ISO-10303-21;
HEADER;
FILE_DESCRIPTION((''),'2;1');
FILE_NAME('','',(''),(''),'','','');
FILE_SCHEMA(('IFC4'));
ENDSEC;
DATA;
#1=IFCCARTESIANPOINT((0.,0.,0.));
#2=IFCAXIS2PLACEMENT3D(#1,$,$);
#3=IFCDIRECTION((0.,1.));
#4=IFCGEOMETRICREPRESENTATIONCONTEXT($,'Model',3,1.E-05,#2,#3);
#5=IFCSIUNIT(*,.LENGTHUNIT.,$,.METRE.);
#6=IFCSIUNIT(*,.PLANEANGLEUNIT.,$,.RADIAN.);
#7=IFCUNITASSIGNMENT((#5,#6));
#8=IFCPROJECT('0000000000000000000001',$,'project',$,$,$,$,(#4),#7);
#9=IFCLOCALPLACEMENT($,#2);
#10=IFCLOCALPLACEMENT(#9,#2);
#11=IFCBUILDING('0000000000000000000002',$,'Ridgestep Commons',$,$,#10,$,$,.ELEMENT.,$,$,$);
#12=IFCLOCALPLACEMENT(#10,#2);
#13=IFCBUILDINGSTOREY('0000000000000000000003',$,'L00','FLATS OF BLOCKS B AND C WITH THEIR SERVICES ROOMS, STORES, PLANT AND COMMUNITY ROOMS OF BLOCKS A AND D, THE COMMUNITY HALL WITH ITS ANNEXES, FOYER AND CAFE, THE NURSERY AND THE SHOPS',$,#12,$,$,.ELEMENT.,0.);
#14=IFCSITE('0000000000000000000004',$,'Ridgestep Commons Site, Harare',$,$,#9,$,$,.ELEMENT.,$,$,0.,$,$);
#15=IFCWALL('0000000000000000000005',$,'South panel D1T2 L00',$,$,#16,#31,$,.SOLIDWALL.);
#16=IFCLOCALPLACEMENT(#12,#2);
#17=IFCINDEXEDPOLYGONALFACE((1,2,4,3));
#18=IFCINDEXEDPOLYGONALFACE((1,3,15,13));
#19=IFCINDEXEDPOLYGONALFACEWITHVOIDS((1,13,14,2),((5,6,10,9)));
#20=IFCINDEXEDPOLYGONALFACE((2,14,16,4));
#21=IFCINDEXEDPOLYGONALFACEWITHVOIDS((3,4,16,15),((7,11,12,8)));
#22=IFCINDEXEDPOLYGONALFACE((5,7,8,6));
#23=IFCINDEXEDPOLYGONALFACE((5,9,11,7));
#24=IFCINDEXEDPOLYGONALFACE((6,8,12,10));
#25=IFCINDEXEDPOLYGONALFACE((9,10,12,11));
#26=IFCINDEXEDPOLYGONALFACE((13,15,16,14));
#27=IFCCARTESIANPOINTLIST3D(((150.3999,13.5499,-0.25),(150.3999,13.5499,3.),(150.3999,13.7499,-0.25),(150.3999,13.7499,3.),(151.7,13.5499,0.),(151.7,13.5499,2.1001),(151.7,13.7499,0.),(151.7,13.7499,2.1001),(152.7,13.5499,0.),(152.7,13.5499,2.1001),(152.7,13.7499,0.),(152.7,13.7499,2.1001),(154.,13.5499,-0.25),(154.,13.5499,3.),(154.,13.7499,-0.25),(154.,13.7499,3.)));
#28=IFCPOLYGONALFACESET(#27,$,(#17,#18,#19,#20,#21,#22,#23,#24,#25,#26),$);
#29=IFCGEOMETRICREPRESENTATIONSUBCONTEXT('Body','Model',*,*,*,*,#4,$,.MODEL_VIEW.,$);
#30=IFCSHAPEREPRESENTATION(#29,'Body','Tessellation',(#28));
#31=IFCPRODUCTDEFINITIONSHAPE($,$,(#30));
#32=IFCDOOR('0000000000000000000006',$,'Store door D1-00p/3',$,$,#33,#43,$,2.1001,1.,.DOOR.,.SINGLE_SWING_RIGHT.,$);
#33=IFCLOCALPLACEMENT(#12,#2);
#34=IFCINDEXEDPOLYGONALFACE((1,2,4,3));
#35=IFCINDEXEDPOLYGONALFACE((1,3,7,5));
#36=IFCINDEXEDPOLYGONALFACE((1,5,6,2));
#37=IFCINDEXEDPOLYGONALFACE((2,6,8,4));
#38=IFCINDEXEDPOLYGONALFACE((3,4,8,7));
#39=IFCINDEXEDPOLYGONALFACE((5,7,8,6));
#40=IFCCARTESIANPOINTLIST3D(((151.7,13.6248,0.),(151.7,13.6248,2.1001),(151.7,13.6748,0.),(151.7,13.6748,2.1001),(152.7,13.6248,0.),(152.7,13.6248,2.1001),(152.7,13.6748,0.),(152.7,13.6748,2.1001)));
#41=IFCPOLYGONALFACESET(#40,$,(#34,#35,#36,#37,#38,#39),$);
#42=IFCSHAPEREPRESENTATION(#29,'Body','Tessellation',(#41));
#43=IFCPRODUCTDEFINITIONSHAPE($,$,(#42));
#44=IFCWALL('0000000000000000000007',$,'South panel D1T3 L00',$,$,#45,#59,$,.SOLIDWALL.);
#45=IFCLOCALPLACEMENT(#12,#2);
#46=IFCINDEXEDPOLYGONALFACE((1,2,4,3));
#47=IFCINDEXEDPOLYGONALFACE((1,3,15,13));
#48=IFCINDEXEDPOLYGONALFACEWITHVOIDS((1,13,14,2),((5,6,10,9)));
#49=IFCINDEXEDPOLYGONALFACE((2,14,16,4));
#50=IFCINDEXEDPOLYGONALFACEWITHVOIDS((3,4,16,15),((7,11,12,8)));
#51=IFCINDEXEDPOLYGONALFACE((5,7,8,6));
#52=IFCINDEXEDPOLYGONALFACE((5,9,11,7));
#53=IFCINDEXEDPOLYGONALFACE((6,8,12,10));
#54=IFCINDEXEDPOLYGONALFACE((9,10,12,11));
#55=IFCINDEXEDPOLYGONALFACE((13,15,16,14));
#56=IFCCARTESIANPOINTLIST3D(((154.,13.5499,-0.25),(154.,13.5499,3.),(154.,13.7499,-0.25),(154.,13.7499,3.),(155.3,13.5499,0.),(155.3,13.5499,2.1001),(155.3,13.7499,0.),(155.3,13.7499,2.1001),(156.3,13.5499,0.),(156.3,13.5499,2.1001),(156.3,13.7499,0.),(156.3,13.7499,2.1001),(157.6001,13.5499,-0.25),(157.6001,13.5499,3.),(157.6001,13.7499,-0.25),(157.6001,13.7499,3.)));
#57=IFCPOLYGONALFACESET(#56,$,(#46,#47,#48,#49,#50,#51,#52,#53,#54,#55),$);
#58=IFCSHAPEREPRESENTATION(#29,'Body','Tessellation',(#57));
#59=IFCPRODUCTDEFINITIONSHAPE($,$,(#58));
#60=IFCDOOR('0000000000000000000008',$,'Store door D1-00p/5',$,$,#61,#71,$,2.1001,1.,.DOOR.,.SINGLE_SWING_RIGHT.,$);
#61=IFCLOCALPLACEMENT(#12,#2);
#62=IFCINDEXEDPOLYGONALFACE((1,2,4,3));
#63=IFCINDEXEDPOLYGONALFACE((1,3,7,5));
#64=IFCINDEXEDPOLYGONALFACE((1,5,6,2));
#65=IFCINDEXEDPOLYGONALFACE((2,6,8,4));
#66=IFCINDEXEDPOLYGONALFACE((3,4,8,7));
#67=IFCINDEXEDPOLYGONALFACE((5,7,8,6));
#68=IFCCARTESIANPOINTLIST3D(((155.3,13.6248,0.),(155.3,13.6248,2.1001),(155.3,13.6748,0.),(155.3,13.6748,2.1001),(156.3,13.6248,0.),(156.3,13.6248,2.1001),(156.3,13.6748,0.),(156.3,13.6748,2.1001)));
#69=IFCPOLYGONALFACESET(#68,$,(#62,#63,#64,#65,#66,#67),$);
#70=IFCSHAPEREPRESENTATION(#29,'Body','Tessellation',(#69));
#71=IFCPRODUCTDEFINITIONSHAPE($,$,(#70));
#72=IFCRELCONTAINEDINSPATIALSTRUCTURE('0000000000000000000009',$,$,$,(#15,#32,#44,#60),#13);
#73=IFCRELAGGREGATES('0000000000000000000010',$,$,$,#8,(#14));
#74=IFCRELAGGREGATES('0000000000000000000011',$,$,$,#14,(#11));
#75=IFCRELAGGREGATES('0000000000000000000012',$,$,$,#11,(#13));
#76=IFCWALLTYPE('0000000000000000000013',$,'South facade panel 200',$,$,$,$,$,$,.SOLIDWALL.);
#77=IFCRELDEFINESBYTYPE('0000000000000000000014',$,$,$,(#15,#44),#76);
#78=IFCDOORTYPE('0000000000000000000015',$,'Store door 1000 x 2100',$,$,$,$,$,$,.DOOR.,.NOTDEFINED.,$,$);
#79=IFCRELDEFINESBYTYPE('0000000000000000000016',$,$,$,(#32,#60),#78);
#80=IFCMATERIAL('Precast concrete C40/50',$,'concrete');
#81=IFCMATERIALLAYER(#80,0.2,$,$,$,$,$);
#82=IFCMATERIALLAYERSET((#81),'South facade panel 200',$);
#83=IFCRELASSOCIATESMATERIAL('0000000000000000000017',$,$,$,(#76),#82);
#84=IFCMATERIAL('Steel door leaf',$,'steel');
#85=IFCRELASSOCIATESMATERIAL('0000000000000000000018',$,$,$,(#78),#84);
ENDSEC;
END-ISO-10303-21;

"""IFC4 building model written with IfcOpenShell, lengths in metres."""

from ifc_helpers import new_model, si_unit, direction, frame, frame_2d, origin, place, context, subcontext, project, spatial, rectangle, extrude, material, layer, layer_set, type_object, element, fill, save


model = new_model("IFC4")

# Units and contexts
model_context = context("Model", 3, precision=1e-05, world=origin(), true_north=direction((0.0, 1.0)))
body_context = subcontext(model_context, "Body", "Model", "MODEL_VIEW")
ifc_project = project(units=[si_unit("LENGTHUNIT", "METRE"), si_unit("PLANEANGLEUNIT", "RADIAN")], contexts=[model_context])

# Site, building, storey
site_placement = place(None, origin())
site = spatial("IfcSite", under=ifc_project, at=site_placement, Name="Ridgestep Commons Site, Harare", CompositionType="ELEMENT", RefElevation=0.0)
building_placement = place(site_placement, origin())
building = spatial("IfcBuilding", under=site, at=building_placement, Name="Ridgestep Commons", CompositionType="ELEMENT")
storey_placement = place(building_placement, origin())
storey = spatial("IfcBuildingStorey", under=building, at=storey_placement, Name="L00", Description="FLATS OF BLOCKS B AND C WITH THEIR SERVICES ROOMS, STORES, PLANT AND COMMUNITY ROOMS OF BLOCKS A AND D, THE COMMUNITY HALL WITH ITS ANNEXES, FOYER AND CAFE, THE NURSERY AND THE SHOPS", CompositionType="ELEMENT", Elevation=0.0)

# Walls, openings, doors
ifc_material_1 = material(Name="Precast concrete C40/50", Category="concrete")
ifc_layer_1 = layer(ifc_material_1, 0.2)
ifc_layer_set_1 = layer_set([ifc_layer_1], Name="South facade panel 200")
wall_type_1 = type_object("IfcWallType", Name="South facade panel 200", PredefinedType="SOLIDWALL", material=ifc_layer_set_1)
ifc_material_2 = material(Name="Steel door leaf", Category="steel")
door_type_1 = type_object("IfcDoorType", Name="Store door 1000 x 2100", OperationType="NOTDEFINED", PredefinedType="DOOR", material=ifc_material_2)
wall_1_placement = place(storey_placement, frame((150.3999, 13.6499, -0.25), z_axis=(0.0, 0.0, 1.0), x_axis=(1.0, 0.0, 0.0)))
wall_1 = element("IfcWall", 1, at=wall_1_placement, inside=storey, type_object=wall_type_1, Name="South panel D1T2 L00", PredefinedType="SOLIDWALL", context=body_context, shape_type="SweptSolid", body=[
    extrude(rectangle(XDim=3.6001, YDim=0.2, at=frame_2d((1.8, 0.0))), origin(), (0.0, 0.0, 1.0), 3.25),
])
opening_1_placement = place(wall_1_placement, frame((1.3, 0.0, 0.25)))
opening_1 = element("IfcOpeningElement", 2, at=opening_1_placement, cuts=wall_1, PredefinedType="OPENING", context=body_context, shape_type="SweptSolid", body=[
    extrude(rectangle(XDim=1.0, YDim=2.1001, at=frame_2d((0.5, 1.05))), frame((0.0, 0.1099, 0.0), z_axis=(0.0, -1.0, 0.0), x_axis=(1.0, 0.0, 0.0)), (0.0, 0.0, 1.0), 0.22),
])
door_1_placement = place(opening_1_placement, origin())
door_1 = element("IfcDoor", 3, at=door_1_placement, inside=storey, type_object=door_type_1, Name="Store door D1-00p/3", OperationType="SINGLE_SWING_RIGHT", OverallHeight=2.1001, OverallWidth=1.0, PredefinedType="DOOR", context=body_context, shape_type="SweptSolid", body=[
    extrude(rectangle(XDim=1.0, YDim=2.1001, at=frame_2d((0.5, 1.05))), frame((0.0, 0.0249, 0.0), z_axis=(0.0, -1.0, 0.0), x_axis=(1.0, 0.0, 0.0)), (0.0, 0.0, 1.0), 0.05),
])
fill(opening_1, door_1)
wall_2_placement = place(storey_placement, frame((154.0, 13.6499, -0.25), z_axis=(0.0, 0.0, 1.0), x_axis=(1.0, 0.0, 0.0)))
wall_2 = element("IfcWall", 4, at=wall_2_placement, inside=storey, type_object=wall_type_1, Name="South panel D1T3 L00", PredefinedType="SOLIDWALL", context=body_context, shape_type="SweptSolid", body=[
    extrude(rectangle(XDim=3.6001, YDim=0.2, at=frame_2d((1.8, 0.0))), origin(), (0.0, 0.0, 1.0), 3.25),
])
opening_2_placement = place(wall_2_placement, frame((1.3, 0.0, 0.25)))
opening_2 = element("IfcOpeningElement", 5, at=opening_2_placement, cuts=wall_2, PredefinedType="OPENING", context=body_context, shape_type="SweptSolid", body=[
    extrude(rectangle(XDim=1.0, YDim=2.1001, at=frame_2d((0.5, 1.05))), frame((0.0, 0.1099, 0.0), z_axis=(0.0, -1.0, 0.0), x_axis=(1.0, 0.0, 0.0)), (0.0, 0.0, 1.0), 0.22),
])
door_2_placement = place(opening_2_placement, origin())
door_2 = element("IfcDoor", 6, at=door_2_placement, inside=storey, type_object=door_type_1, Name="Store door D1-00p/5", OperationType="SINGLE_SWING_RIGHT", OverallHeight=2.1001, OverallWidth=1.0, PredefinedType="DOOR", context=body_context, shape_type="SweptSolid", body=[
    extrude(rectangle(XDim=1.0, YDim=2.1001, at=frame_2d((0.5, 1.05))), frame((0.0, 0.0249, 0.0), z_axis=(0.0, -1.0, 0.0), x_axis=(1.0, 0.0, 0.0)), (0.0, 0.0, 1.0), 0.05),
])
fill(opening_2, door_2)

save(model, "model.ifc")
